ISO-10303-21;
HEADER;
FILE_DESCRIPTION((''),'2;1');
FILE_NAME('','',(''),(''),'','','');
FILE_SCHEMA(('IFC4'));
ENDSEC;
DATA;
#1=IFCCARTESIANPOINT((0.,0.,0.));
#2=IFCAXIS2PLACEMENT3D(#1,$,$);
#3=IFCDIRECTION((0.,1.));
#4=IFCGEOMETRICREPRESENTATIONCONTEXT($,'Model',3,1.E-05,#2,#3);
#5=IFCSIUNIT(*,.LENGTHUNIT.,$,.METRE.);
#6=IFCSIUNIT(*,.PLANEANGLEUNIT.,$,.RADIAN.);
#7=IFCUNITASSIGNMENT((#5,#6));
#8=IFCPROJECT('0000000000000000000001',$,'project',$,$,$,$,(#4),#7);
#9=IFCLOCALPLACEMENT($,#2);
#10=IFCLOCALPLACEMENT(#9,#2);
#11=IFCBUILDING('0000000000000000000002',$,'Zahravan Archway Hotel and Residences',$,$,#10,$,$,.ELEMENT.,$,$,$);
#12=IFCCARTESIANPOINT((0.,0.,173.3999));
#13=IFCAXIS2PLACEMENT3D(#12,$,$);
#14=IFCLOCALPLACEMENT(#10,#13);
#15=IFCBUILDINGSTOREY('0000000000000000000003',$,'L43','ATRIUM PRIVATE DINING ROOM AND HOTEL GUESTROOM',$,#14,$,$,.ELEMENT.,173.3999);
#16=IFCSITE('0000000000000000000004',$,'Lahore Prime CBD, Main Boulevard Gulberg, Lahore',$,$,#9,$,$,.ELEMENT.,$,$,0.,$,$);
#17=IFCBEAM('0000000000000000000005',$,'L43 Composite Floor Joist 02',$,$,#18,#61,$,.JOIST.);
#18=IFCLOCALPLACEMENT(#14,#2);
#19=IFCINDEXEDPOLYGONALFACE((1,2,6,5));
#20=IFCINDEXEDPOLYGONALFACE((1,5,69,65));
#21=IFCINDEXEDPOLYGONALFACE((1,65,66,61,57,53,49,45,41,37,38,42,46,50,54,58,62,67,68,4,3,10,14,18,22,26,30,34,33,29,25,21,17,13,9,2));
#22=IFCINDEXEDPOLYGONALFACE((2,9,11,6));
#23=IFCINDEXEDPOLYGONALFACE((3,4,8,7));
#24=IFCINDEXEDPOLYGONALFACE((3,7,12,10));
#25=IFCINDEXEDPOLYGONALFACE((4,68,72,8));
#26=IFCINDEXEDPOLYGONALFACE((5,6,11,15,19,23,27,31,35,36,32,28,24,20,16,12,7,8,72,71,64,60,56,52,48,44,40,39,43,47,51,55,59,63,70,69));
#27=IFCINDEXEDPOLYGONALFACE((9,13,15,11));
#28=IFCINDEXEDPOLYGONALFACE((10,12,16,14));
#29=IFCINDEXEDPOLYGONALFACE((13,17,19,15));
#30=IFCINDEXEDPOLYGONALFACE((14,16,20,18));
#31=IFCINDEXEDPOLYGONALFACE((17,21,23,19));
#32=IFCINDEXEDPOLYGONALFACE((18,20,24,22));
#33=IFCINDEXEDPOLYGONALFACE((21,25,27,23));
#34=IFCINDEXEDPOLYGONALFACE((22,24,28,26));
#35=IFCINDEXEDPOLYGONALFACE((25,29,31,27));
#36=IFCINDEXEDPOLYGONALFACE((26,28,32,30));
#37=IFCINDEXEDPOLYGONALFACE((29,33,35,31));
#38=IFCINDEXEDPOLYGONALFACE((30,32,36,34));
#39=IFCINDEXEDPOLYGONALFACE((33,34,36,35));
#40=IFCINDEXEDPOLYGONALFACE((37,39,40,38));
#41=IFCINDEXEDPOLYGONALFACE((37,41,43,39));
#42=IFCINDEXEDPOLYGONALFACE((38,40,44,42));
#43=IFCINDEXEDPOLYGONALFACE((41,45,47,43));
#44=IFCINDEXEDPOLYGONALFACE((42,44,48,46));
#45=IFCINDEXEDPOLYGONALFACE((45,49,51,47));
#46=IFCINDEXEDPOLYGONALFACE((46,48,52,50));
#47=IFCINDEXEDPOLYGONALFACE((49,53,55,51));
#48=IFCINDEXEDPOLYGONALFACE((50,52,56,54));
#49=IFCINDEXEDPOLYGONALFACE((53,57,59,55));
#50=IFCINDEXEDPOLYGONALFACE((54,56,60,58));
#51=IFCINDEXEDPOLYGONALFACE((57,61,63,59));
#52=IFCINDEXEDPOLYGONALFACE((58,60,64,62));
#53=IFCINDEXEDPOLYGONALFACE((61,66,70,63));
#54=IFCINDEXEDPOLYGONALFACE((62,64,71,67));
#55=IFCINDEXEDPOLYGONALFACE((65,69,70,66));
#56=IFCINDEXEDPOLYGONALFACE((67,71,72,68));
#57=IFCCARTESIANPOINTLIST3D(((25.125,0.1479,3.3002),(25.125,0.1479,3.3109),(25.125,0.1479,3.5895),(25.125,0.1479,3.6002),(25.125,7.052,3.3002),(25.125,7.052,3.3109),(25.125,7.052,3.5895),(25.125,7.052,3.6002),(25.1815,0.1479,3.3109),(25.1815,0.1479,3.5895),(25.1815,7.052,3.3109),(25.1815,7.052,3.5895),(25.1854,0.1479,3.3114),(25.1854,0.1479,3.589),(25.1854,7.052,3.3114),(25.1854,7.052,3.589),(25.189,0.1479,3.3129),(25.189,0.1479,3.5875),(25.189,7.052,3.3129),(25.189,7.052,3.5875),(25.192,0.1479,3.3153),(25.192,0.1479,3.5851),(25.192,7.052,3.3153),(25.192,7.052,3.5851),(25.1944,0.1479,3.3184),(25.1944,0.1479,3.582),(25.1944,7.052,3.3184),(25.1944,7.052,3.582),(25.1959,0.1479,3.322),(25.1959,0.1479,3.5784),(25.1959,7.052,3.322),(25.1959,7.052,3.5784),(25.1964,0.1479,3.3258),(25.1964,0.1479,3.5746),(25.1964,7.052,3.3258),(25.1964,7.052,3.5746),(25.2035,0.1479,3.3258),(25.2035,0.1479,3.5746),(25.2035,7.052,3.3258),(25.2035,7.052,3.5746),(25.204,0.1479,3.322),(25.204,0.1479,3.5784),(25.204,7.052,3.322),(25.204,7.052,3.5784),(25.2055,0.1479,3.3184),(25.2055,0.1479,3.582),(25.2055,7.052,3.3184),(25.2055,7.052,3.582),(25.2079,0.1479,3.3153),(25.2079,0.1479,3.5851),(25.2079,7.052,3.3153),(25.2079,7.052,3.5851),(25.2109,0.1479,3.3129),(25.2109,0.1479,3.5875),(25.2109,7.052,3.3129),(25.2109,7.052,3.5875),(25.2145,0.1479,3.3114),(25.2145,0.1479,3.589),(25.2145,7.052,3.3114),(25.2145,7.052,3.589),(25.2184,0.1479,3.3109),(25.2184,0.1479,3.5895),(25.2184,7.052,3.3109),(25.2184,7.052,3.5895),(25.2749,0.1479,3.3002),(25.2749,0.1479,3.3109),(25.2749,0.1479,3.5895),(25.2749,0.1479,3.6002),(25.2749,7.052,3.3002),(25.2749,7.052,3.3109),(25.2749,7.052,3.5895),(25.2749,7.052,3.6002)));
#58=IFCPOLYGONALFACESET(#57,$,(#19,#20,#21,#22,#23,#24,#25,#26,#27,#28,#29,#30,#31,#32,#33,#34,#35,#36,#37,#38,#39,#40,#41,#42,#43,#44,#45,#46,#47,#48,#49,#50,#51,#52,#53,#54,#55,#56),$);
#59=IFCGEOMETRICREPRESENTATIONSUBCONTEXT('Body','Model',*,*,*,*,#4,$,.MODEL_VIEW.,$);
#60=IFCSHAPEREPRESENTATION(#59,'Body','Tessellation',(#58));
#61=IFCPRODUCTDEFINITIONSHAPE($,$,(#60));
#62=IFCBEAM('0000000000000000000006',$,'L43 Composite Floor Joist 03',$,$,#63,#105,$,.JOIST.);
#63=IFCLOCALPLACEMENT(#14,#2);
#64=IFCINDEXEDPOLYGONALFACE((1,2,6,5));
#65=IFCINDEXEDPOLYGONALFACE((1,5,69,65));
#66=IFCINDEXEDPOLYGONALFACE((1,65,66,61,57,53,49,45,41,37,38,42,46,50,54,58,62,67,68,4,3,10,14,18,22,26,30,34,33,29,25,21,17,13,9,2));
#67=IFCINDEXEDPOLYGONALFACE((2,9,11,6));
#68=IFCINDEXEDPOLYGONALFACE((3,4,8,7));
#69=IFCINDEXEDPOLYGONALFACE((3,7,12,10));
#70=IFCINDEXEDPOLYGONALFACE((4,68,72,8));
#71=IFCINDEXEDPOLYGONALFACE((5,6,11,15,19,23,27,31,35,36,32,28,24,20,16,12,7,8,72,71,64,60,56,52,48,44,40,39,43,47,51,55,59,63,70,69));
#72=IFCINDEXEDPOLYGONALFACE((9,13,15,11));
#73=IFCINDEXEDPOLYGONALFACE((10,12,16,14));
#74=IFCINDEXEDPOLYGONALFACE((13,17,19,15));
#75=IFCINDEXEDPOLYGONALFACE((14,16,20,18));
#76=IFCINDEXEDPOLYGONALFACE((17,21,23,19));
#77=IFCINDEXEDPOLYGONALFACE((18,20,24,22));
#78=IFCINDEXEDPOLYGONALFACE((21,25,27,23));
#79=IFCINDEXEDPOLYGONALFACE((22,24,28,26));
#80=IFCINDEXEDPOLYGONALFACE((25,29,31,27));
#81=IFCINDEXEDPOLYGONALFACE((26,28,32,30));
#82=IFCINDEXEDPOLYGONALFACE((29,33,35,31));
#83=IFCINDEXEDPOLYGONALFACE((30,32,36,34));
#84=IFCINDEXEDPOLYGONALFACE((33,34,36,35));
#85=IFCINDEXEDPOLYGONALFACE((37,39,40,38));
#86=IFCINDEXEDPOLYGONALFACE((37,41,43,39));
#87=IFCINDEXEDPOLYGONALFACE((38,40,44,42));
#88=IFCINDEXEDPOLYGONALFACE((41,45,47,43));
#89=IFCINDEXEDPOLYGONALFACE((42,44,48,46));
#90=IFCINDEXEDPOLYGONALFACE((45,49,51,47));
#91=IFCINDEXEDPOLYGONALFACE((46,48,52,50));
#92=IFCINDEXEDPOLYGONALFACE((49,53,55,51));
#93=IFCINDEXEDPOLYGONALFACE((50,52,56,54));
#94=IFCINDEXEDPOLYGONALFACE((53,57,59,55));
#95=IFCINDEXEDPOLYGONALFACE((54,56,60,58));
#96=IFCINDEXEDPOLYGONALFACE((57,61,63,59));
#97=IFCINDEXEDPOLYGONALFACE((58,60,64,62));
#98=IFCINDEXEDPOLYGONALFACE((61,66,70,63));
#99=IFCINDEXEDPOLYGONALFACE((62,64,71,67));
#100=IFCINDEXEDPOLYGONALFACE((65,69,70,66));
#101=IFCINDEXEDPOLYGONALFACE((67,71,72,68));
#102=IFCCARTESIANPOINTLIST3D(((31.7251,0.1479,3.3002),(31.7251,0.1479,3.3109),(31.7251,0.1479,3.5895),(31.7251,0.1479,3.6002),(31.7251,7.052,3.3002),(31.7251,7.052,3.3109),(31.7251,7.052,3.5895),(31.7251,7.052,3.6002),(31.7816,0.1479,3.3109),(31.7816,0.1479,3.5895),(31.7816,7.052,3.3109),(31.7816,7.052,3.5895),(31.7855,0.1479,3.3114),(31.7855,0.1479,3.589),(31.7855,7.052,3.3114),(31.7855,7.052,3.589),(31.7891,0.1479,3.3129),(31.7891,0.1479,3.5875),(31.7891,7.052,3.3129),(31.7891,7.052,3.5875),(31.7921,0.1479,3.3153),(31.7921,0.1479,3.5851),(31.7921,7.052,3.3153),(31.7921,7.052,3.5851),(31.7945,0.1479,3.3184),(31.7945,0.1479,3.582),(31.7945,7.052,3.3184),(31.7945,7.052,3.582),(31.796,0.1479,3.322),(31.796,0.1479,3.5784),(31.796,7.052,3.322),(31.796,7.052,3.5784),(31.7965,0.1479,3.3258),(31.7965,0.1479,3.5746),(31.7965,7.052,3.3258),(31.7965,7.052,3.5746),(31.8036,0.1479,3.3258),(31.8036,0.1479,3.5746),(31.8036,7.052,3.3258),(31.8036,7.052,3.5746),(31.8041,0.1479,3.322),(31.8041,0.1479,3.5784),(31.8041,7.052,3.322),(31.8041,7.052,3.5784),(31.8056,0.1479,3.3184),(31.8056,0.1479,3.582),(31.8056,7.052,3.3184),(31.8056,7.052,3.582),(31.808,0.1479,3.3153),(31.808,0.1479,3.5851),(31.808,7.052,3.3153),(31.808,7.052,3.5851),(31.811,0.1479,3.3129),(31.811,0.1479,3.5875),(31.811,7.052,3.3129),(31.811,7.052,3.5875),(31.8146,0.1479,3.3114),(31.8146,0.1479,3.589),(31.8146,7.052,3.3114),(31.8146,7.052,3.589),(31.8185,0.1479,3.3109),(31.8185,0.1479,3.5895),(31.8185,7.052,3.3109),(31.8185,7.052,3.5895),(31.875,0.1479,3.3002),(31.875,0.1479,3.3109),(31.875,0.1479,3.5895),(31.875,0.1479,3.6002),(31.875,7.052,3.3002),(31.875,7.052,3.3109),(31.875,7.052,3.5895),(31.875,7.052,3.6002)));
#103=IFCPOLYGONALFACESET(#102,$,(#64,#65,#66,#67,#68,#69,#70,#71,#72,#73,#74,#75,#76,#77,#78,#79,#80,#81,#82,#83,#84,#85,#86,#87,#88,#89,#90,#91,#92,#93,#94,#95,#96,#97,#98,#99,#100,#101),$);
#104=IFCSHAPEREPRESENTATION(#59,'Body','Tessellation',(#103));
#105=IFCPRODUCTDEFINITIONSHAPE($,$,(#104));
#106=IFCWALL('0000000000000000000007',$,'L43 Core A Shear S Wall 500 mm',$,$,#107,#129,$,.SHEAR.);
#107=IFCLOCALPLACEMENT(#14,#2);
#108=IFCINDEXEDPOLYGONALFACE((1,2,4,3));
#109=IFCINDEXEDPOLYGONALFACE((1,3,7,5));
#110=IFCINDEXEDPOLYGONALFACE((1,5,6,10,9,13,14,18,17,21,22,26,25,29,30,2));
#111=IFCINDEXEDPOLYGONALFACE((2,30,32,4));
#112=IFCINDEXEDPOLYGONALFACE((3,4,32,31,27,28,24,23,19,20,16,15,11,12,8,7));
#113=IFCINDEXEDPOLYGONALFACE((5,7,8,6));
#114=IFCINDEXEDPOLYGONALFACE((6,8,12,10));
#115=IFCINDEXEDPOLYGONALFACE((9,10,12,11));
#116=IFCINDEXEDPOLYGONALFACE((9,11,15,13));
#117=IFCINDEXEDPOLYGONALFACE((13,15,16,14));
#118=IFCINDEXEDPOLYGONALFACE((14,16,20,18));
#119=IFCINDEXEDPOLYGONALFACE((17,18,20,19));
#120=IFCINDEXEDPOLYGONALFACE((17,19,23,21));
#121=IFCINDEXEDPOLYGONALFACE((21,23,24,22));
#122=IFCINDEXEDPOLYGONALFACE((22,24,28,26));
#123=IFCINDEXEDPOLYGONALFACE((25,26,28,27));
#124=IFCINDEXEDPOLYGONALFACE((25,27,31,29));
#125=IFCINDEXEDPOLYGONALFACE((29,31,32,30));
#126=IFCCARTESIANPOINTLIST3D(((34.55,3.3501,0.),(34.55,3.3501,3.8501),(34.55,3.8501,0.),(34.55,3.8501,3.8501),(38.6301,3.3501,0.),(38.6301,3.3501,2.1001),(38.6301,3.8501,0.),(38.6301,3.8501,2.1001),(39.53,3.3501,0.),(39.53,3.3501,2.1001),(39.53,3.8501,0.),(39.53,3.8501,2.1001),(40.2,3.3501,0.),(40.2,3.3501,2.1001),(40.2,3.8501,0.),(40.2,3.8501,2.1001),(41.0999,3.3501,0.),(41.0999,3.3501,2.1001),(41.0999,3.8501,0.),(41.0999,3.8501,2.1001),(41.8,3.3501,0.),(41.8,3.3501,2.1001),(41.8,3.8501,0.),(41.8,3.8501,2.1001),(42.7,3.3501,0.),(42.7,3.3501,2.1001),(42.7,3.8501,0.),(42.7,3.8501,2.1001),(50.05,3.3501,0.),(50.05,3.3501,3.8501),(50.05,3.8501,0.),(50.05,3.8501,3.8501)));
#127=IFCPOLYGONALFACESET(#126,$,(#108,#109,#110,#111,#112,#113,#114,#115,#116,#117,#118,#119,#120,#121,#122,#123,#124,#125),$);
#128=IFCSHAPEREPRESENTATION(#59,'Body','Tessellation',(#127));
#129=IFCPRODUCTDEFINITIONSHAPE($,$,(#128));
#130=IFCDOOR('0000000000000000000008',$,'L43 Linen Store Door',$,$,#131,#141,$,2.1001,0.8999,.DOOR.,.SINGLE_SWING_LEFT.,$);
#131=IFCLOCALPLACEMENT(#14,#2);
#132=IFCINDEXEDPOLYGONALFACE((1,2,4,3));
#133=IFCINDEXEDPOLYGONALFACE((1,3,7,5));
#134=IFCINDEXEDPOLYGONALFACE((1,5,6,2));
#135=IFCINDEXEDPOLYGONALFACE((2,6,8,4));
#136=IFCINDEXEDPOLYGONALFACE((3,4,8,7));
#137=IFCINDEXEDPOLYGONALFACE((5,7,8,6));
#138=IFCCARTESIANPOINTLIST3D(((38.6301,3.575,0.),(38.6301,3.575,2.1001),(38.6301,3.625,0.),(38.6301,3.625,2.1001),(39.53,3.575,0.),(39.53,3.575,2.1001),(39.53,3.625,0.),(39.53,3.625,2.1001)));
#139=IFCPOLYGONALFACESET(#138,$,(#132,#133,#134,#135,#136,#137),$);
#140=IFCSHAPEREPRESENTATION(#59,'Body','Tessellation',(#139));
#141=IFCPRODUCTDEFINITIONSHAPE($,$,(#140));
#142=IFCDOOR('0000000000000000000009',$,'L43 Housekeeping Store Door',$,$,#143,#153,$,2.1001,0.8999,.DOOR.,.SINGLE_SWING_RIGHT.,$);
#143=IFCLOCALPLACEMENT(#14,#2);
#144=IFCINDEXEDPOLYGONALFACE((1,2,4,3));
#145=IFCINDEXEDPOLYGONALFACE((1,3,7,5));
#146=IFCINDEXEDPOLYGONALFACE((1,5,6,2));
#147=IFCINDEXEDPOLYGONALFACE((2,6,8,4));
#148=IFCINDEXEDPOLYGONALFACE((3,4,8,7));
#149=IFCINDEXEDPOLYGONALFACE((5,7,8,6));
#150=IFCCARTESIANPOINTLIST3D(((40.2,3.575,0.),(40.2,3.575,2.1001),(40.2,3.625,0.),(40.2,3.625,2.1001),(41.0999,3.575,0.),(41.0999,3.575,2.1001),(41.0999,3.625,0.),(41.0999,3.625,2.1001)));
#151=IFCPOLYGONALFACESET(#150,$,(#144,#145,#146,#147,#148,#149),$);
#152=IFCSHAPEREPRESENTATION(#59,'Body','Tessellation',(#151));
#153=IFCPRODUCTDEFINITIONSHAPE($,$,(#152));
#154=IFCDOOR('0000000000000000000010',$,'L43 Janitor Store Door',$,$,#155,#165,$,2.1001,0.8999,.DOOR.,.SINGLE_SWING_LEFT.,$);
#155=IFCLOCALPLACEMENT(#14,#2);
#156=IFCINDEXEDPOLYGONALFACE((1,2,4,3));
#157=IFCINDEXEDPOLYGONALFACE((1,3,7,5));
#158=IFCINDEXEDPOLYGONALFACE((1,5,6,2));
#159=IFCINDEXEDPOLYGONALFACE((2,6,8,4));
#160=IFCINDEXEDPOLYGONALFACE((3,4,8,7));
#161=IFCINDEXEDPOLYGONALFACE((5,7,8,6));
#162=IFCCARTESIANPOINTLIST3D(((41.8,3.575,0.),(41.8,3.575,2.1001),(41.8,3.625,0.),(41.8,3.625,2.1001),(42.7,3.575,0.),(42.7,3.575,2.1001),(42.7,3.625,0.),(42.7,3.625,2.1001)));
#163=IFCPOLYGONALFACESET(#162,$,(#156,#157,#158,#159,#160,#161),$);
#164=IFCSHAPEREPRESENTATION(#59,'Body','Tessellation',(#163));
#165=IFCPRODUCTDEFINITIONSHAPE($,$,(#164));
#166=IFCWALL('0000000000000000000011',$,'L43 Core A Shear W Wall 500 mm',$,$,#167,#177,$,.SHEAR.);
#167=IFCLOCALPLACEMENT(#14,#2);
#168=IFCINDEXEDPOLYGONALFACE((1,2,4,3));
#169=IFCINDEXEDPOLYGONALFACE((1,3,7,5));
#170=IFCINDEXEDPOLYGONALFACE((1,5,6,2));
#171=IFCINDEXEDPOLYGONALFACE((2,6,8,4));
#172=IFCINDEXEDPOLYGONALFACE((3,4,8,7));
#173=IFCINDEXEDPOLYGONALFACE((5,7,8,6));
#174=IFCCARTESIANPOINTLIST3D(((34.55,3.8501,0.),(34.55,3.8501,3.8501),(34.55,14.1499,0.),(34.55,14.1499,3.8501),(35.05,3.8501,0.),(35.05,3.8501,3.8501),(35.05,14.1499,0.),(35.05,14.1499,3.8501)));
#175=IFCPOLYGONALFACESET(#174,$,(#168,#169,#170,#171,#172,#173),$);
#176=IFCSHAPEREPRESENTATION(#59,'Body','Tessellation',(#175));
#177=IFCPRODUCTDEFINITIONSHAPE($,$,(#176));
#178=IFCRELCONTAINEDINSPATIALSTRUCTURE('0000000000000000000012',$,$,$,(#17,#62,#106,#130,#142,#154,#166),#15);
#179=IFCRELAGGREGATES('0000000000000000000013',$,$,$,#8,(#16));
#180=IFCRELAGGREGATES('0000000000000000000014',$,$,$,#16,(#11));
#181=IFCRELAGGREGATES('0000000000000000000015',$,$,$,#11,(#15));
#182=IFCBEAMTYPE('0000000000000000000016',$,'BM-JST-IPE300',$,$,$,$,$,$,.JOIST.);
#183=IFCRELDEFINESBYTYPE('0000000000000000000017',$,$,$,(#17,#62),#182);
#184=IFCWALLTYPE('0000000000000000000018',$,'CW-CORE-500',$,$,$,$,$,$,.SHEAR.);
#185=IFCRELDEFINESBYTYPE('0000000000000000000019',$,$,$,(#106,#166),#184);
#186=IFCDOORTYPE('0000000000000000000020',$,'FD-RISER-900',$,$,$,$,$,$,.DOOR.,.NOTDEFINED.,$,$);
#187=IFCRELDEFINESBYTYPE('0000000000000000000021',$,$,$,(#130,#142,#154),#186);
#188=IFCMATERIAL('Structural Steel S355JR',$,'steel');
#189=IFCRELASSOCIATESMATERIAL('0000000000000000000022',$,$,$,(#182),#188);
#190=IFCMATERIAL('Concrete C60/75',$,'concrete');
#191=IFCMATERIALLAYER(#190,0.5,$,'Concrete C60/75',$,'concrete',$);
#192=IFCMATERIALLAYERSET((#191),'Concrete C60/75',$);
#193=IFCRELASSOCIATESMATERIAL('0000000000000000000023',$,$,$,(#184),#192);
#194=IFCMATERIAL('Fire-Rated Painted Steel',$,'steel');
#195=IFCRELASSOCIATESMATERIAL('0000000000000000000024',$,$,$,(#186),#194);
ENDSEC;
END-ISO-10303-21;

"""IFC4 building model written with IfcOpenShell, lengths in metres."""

from ifc_helpers import new_model, si_unit, direction, frame, frame_2d, origin, origin_2d, place, context, subcontext, project, spatial, rectangle, i_section, extrude, source, transform, mapped, material, layer, layer_set, material_profile, profile_set, type_object, type_shapes, element, fill, save


model = new_model("IFC4")

# Units and contexts
model_context = context("Model", 3, precision=1e-05, world=origin(), true_north=direction((0.0, 1.0)))
body_context = subcontext(model_context, "Body", "Model", "MODEL_VIEW")
ifc_project = project(units=[si_unit("LENGTHUNIT", "METRE"), si_unit("PLANEANGLEUNIT", "RADIAN")], contexts=[model_context])

# Site, building, storey
site_placement = place(None, origin())
site = spatial("IfcSite", under=ifc_project, at=site_placement, Name="Lahore Prime CBD, Main Boulevard Gulberg, Lahore", CompositionType="ELEMENT", RefElevation=0.0)
building_placement = place(site_placement, origin())
building = spatial("IfcBuilding", under=site, at=building_placement, Name="Zahravan Archway Hotel and Residences", CompositionType="ELEMENT")
storey_placement = place(building_placement, frame((0.0, 0.0, 173.3999)))
storey = spatial("IfcBuildingStorey", under=building, at=storey_placement, Name="L43", Description="ATRIUM PRIVATE DINING ROOM AND HOTEL GUESTROOM", CompositionType="ELEMENT", Elevation=173.3999)

# Shared definitions
ifc_material_1 = material(Name="Concrete C60/75", Category="concrete")

# Beams
ifc_material_2 = material(Name="Structural Steel S355JR", Category="steel")
ifc_material_profile_1 = material_profile(ifc_material_2, i_section(OverallWidth=0.1499, OverallDepth=0.3, WebThickness=0.0071, FlangeThickness=0.0107, FilletRadius=0.0149, at=origin_2d()), Name="IPE 300", Category="steel")
ifc_profile_set_1 = profile_set([ifc_material_profile_1], Name="Structural Steel S355JR")
beam_type_1 = type_object("IfcBeamType", Name="BM-JST-IPE300", PredefinedType="JOIST", material=ifc_profile_set_1)
shared_shape_1 = source(origin(), body_context, "Body", "SweptSolid", [
    extrude(i_section(OverallWidth=0.1499, OverallDepth=0.3, WebThickness=0.0071, FlangeThickness=0.0107, FilletRadius=0.0149, at=origin_2d()), origin(), (0.0, 0.0, 1.0), 6.9041),
])
type_shapes(beam_type_1, [shared_shape_1])
for number, where, z_axis, x_axis, name in (
    (1, (25.2, 0.1479, 3.4502), (0.0, 1.0, 0.0), (-1.0, 0.0, 0.0), "L43 Composite Floor Joist 02"),
    (2, (31.8, 0.1479, 3.4502), (0.0, 1.0, 0.0), (-1.0, 0.0, 0.0), "L43 Composite Floor Joist 03"),
):
    element("IfcBeam", number, at=place(storey_placement, frame(where, z_axis=z_axis, x_axis=x_axis)), inside=storey, type_object=beam_type_1, Name=name, PredefinedType="JOIST", context=body_context, shape_type="MappedRepresentation", body=[
        mapped(shared_shape_1, transform((0.0, 0.0, 0.0), scale=1.0)),
    ])

# Wall, openings, doors
ifc_layer_1 = layer(ifc_material_1, 0.5, Name="Concrete C60/75", Category="concrete")
ifc_layer_set_1 = layer_set([ifc_layer_1], Name="Concrete C60/75")
wall_type_1 = type_object("IfcWallType", Name="CW-CORE-500", PredefinedType="SHEAR", material=ifc_layer_set_1)
wall_1_placement = place(storey_placement, frame((34.55, 3.6001, 0.0), z_axis=(0.0, 0.0, 1.0), x_axis=(1.0, 0.0, 0.0)))
wall_1 = element("IfcWall", 3, at=wall_1_placement, inside=storey, type_object=wall_type_1, Name="L43 Core A Shear S Wall 500 mm", PredefinedType="SHEAR", context=body_context, shape_type="SweptSolid", body=[
    extrude(rectangle(XDim=15.5, YDim=0.5, at=frame_2d((7.75, 0.0))), origin(), (0.0, 0.0, 1.0), 3.8501),
])
opening_1_placement = place(wall_1_placement, frame((4.0801, 0.0, 0.0)))
opening_1 = element("IfcOpeningElement", 4, at=opening_1_placement, cuts=wall_1, PredefinedType="OPENING", context=body_context, shape_type="SweptSolid", body=[
    extrude(rectangle(XDim=0.8999, YDim=2.1001, at=frame_2d((0.45, 1.05))), frame((0.0, 0.26, 0.0), z_axis=(0.0, -1.0, 0.0), x_axis=(1.0, 0.0, 0.0)), (0.0, 0.0, 1.0), 0.52),
])
opening_2_placement = place(wall_1_placement, frame((5.6499, 0.0, 0.0)))
opening_2 = element("IfcOpeningElement", 5, at=opening_2_placement, cuts=wall_1, PredefinedType="OPENING", context=body_context, shape_type="SweptSolid", body=[
    extrude(rectangle(XDim=0.8999, YDim=2.1001, at=frame_2d((0.45, 1.05))), frame((0.0, 0.26, 0.0), z_axis=(0.0, -1.0, 0.0), x_axis=(1.0, 0.0, 0.0)), (0.0, 0.0, 1.0), 0.52),
])
opening_3_placement = place(wall_1_placement, frame((7.25, 0.0, 0.0)))
opening_3 = element("IfcOpeningElement", 6, at=opening_3_placement, cuts=wall_1, PredefinedType="OPENING", context=body_context, shape_type="SweptSolid", body=[
    extrude(rectangle(XDim=0.8999, YDim=2.1001, at=frame_2d((0.45, 1.05))), frame((0.0, 0.26, 0.0), z_axis=(0.0, -1.0, 0.0), x_axis=(1.0, 0.0, 0.0)), (0.0, 0.0, 1.0), 0.52),
])
ifc_material_3 = material(Name="Fire-Rated Painted Steel", Category="steel")
door_type_1 = type_object("IfcDoorType", Name="FD-RISER-900", OperationType="NOTDEFINED", PredefinedType="DOOR", material=ifc_material_3)
shared_shape_2 = source(origin(), body_context, "Body", "SweptSolid", [
    extrude(rectangle(XDim=0.8999, YDim=2.1001, at=frame_2d((0.45, 1.05))), frame((0.0, 0.0249, 0.0), z_axis=(0.0, -1.0, 0.0), x_axis=(1.0, 0.0, 0.0)), (0.0, 0.0, 1.0), 0.05),
])
type_shapes(door_type_1, [shared_shape_2])
door_1_placement = place(opening_1_placement, origin())
door_1 = element("IfcDoor", 7, at=door_1_placement, inside=storey, type_object=door_type_1, Name="L43 Linen Store Door", OperationType="SINGLE_SWING_LEFT", OverallHeight=2.1001, OverallWidth=0.8999, PredefinedType="DOOR", context=body_context, shape_type="MappedRepresentation", body=[
    mapped(shared_shape_2, transform((0.0, 0.0, 0.0), scale=1.0)),
])
fill(opening_1, door_1)
door_2_placement = place(opening_2_placement, origin())
door_2 = element("IfcDoor", 8, at=door_2_placement, inside=storey, type_object=door_type_1, Name="L43 Housekeeping Store Door", OperationType="SINGLE_SWING_RIGHT", OverallHeight=2.1001, OverallWidth=0.8999, PredefinedType="DOOR", context=body_context, shape_type="MappedRepresentation", body=[
    mapped(shared_shape_2, transform((0.0, 0.0, 0.0), scale=1.0)),
])
fill(opening_2, door_2)
door_3_placement = place(opening_3_placement, origin())
door_3 = element("IfcDoor", 9, at=door_3_placement, inside=storey, type_object=door_type_1, Name="L43 Janitor Store Door", OperationType="SINGLE_SWING_LEFT", OverallHeight=2.1001, OverallWidth=0.8999, PredefinedType="DOOR", context=body_context, shape_type="MappedRepresentation", body=[
    mapped(shared_shape_2, transform((0.0, 0.0, 0.0), scale=1.0)),
])
fill(opening_3, door_3)

# Wall
wall_2_placement = place(storey_placement, frame((34.8, 3.8501, 0.0), z_axis=(0.0, 0.0, 1.0), x_axis=(0.0, 1.0, 0.0)))
element("IfcWall", 10, at=wall_2_placement, inside=storey, type_object=wall_type_1, Name="L43 Core A Shear W Wall 500 mm", PredefinedType="SHEAR", context=body_context, shape_type="SweptSolid", body=[
    extrude(rectangle(XDim=10.2998, YDim=0.5, at=frame_2d((5.1499, 0.0))), origin(), (0.0, 0.0, 1.0), 3.8501),
])

save(model, "model.ifc")
